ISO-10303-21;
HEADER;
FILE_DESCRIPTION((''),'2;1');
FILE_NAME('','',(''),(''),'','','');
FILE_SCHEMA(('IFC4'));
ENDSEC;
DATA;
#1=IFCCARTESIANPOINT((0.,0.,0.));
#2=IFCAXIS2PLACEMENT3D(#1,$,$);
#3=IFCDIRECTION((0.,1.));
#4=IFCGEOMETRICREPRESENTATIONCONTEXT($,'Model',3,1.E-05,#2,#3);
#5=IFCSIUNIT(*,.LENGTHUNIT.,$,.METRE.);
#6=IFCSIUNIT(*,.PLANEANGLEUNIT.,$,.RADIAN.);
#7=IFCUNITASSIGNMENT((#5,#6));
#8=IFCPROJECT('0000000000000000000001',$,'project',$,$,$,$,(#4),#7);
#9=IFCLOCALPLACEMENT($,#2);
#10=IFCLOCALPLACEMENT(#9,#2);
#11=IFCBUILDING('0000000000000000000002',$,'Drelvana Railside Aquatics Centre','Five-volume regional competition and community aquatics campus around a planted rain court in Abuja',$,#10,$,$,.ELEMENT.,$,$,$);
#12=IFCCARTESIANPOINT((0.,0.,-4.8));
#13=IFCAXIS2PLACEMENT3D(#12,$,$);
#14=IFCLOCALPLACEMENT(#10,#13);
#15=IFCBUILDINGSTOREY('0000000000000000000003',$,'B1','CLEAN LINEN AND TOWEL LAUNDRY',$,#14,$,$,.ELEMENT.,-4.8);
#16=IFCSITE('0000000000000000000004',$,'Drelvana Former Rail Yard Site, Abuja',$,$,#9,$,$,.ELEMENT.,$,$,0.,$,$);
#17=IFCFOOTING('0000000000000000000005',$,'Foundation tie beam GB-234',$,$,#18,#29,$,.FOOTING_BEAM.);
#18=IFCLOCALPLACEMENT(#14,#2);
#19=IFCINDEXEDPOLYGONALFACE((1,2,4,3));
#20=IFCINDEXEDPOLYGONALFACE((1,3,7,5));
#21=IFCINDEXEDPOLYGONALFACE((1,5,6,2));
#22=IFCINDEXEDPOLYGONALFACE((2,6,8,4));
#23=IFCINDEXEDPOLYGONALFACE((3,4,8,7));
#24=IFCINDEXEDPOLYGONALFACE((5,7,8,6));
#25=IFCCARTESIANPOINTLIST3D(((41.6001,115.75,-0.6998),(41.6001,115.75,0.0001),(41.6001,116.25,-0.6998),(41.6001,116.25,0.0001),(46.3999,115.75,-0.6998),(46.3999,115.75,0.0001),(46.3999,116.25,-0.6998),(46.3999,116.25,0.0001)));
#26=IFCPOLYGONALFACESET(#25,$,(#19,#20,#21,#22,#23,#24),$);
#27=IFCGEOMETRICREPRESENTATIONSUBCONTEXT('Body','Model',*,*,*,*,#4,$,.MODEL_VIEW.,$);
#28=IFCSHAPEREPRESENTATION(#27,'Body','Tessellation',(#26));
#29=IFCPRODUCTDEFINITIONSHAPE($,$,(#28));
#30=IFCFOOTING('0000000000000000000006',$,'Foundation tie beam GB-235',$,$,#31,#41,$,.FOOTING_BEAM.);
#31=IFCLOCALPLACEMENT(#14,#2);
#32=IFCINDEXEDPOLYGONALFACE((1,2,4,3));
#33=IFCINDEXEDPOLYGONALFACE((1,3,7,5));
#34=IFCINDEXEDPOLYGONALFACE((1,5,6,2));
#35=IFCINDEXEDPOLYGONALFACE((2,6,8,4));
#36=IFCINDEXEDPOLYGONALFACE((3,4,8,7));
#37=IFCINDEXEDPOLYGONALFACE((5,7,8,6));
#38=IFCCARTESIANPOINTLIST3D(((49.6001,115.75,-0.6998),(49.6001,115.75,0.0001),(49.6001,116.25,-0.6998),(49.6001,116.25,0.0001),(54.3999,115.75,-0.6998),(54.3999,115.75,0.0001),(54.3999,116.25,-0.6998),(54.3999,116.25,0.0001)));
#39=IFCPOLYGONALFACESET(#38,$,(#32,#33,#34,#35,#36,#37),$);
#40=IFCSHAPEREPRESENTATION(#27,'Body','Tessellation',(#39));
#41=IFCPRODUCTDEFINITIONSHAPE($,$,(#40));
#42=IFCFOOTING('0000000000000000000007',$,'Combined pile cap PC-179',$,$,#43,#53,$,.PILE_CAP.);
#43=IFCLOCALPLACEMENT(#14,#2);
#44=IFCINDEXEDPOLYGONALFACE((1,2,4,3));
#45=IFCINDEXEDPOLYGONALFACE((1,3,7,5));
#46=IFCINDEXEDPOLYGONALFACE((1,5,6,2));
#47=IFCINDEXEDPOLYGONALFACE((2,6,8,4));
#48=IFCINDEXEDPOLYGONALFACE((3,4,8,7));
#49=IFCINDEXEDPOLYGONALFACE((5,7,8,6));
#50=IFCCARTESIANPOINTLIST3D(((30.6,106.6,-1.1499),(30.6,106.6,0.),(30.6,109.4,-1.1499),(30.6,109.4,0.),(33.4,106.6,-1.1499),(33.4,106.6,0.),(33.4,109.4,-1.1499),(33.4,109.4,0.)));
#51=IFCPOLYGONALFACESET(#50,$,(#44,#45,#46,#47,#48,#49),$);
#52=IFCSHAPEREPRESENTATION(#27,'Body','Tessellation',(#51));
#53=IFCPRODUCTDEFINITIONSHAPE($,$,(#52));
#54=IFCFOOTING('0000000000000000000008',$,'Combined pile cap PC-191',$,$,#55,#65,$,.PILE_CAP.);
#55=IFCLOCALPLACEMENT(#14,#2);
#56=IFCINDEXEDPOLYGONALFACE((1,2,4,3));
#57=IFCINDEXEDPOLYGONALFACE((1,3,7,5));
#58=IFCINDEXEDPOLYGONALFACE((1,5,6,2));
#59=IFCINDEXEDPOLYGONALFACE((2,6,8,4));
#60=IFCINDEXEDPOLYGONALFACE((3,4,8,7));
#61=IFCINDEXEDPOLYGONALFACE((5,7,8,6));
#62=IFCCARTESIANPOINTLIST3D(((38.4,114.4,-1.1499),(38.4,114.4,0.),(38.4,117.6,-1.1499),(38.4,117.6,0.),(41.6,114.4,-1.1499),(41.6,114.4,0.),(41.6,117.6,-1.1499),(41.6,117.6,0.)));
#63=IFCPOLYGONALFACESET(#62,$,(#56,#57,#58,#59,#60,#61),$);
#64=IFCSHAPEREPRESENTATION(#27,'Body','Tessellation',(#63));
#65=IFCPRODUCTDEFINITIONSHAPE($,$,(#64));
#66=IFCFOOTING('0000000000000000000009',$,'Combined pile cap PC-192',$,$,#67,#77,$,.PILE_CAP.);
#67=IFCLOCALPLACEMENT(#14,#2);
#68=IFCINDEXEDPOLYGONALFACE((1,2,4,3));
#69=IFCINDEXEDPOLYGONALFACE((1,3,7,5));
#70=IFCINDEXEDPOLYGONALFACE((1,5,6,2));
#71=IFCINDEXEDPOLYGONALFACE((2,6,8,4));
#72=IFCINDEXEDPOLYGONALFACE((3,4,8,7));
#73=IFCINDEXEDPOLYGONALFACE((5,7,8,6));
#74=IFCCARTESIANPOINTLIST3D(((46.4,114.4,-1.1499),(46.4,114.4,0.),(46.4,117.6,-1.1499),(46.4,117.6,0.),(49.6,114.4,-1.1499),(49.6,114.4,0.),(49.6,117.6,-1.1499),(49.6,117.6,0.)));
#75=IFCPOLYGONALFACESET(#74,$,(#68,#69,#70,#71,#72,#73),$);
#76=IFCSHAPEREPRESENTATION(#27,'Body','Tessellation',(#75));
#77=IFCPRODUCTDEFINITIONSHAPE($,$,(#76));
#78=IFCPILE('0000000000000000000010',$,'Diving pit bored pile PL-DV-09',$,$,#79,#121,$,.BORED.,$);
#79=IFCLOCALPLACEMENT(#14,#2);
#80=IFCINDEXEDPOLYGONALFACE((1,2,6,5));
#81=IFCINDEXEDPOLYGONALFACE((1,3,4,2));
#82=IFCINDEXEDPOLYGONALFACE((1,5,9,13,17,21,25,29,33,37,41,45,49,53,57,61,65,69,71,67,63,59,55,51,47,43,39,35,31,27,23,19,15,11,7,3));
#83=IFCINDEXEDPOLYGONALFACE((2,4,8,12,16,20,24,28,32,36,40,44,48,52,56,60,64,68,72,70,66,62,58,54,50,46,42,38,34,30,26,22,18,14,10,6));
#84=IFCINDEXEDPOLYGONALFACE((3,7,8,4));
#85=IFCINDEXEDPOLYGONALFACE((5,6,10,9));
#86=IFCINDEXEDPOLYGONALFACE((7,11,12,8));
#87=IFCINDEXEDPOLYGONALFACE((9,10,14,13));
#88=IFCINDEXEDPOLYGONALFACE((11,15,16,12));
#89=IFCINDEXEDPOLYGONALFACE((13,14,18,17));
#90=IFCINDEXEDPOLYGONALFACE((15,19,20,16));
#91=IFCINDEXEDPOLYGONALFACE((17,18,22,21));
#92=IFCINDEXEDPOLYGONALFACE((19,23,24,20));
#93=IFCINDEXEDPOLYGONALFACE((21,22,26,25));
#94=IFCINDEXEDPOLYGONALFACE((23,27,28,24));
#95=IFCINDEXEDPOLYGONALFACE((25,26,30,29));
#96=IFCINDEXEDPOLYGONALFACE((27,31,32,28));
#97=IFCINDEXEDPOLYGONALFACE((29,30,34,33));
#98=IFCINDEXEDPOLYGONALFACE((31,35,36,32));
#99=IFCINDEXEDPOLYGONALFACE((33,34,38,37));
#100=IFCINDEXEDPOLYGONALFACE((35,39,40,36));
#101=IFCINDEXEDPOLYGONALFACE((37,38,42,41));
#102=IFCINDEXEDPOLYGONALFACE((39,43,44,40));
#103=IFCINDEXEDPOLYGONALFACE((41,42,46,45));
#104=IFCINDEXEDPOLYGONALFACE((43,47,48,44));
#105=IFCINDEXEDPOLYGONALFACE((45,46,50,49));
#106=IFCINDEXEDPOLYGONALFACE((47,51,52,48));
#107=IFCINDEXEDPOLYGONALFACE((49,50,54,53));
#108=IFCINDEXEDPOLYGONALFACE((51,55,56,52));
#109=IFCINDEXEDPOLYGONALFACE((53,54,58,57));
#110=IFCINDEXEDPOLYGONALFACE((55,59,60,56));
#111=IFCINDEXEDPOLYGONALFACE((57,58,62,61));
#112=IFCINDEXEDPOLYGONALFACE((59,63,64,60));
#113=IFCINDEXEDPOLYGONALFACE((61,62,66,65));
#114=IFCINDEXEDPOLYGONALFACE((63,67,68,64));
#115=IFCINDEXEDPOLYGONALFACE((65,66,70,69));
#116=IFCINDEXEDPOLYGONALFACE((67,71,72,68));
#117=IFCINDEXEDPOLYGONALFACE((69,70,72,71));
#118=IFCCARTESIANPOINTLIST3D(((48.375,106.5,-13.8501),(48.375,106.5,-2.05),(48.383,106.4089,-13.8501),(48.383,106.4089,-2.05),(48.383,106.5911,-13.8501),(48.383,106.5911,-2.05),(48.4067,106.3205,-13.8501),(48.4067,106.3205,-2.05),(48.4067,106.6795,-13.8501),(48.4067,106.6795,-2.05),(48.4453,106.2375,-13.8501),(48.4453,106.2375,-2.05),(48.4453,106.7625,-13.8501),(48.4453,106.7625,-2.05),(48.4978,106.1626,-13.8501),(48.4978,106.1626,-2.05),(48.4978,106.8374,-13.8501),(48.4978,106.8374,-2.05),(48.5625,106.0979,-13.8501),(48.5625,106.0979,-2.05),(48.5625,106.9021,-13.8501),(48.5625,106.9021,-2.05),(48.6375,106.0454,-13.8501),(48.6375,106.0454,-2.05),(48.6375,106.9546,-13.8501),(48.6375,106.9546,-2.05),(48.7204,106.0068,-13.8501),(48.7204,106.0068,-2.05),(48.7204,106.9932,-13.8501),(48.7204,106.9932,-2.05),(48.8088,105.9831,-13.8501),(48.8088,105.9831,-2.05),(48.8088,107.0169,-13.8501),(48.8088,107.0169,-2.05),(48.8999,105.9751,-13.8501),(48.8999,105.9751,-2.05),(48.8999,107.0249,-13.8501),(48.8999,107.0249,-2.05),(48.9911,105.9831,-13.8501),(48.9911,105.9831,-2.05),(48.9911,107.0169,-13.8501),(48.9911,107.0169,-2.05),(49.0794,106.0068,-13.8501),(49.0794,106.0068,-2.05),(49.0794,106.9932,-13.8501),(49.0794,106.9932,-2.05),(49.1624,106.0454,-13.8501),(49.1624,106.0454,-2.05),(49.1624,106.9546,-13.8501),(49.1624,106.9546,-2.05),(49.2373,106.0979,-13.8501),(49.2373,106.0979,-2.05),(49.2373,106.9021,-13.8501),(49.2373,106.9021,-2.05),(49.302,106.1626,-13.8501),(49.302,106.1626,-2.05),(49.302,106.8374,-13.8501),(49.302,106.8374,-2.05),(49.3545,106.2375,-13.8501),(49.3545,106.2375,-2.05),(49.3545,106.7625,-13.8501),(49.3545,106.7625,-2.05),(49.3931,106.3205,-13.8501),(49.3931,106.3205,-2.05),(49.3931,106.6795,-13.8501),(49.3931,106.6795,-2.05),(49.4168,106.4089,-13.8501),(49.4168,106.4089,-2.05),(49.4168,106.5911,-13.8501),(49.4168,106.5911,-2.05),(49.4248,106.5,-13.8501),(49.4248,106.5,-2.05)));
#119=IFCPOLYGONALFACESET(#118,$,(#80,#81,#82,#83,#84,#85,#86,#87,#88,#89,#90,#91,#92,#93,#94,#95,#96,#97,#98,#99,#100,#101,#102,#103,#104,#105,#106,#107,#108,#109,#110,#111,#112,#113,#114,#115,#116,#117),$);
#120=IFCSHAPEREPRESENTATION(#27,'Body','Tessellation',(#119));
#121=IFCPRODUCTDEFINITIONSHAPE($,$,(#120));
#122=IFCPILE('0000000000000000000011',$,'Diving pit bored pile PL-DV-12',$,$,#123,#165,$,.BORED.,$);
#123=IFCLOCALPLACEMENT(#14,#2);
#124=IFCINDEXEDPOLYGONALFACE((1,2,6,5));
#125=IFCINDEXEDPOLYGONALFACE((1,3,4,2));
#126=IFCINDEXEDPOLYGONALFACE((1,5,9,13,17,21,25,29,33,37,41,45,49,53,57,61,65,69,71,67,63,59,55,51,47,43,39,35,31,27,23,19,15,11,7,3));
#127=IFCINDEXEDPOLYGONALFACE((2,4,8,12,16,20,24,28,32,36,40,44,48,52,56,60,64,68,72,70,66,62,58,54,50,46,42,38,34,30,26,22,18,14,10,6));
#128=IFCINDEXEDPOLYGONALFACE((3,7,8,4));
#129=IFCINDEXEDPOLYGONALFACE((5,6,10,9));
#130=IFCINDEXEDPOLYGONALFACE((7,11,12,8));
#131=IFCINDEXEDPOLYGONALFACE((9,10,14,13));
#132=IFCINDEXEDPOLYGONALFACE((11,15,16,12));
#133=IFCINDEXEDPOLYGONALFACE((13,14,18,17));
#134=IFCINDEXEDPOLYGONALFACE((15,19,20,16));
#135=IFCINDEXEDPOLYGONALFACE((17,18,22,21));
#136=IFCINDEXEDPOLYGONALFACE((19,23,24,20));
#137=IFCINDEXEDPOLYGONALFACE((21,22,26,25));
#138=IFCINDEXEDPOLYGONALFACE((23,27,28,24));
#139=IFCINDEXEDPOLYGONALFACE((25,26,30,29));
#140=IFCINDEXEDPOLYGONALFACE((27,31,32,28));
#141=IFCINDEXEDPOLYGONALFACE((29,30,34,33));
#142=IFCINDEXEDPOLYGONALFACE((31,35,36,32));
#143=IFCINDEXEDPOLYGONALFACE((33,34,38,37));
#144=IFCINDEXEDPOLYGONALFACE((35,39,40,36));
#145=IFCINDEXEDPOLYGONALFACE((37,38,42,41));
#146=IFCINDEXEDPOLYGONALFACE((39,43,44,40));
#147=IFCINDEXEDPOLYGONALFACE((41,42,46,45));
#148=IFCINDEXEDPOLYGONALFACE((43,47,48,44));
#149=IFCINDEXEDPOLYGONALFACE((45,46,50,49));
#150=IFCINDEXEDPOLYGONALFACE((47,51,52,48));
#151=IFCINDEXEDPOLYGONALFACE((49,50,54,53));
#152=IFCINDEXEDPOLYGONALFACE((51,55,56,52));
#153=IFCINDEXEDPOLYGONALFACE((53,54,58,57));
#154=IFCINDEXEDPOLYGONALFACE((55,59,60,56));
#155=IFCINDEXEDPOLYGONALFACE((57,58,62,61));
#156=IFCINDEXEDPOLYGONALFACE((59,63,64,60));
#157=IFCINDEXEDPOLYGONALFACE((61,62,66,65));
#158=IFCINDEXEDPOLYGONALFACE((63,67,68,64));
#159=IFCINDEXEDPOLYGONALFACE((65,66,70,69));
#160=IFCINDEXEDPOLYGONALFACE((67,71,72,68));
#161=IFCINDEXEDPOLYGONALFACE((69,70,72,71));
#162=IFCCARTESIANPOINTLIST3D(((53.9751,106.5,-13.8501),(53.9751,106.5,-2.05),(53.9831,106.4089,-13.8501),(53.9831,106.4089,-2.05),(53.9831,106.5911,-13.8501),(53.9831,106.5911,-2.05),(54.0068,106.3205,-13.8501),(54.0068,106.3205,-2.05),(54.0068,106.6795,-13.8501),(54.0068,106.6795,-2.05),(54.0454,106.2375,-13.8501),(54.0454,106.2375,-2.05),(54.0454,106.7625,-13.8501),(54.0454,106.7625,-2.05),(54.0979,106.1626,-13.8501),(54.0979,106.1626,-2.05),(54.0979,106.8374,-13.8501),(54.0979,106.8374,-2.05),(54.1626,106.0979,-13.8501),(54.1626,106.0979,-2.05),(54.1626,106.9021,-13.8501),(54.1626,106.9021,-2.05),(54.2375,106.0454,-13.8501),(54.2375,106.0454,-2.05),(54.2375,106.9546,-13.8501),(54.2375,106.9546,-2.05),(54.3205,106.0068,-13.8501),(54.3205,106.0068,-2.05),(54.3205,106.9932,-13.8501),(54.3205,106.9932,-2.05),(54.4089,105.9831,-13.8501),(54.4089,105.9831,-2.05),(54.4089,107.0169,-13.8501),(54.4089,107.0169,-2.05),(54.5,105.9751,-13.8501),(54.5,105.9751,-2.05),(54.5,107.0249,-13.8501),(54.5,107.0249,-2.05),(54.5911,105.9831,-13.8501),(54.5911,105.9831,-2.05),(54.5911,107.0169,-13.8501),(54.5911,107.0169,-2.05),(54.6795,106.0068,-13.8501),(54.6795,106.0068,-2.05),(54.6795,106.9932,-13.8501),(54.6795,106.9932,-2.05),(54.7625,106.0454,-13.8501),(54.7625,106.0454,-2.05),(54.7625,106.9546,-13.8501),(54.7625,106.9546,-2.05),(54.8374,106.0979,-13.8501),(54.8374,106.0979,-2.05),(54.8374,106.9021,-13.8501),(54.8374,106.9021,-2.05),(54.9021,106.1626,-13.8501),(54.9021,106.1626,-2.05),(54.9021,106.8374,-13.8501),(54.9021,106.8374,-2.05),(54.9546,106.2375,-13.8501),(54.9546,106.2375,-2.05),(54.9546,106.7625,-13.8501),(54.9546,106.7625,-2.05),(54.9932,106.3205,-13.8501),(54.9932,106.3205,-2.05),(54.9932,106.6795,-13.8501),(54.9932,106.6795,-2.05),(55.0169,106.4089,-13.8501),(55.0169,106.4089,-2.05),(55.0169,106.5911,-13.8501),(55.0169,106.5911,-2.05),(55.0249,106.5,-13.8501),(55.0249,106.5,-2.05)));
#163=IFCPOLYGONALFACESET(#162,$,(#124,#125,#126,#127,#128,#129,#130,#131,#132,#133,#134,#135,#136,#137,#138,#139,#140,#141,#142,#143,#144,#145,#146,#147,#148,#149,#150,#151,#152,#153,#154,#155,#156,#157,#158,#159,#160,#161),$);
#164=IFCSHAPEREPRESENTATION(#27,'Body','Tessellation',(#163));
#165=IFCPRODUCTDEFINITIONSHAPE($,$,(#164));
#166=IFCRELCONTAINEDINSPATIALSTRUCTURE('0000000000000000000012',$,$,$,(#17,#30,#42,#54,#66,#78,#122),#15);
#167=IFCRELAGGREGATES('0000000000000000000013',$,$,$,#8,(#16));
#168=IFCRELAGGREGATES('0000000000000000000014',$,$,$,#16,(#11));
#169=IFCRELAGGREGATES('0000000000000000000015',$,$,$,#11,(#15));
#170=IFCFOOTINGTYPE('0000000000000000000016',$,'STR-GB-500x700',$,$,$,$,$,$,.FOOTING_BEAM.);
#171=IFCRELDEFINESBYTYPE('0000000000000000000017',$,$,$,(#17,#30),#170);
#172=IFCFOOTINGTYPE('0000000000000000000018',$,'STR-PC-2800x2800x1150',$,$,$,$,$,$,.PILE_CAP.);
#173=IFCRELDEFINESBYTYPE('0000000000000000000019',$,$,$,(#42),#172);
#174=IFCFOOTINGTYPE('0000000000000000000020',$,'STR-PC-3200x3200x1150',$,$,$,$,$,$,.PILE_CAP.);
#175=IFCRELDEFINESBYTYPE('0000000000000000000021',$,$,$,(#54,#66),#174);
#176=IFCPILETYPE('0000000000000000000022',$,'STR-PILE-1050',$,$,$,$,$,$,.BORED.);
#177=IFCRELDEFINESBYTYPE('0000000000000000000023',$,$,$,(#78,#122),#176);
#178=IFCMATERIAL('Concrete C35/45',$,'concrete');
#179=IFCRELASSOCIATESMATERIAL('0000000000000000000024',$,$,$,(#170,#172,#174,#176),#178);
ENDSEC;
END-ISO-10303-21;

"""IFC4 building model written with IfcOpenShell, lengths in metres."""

from ifc_helpers import new_model, si_unit, direction, frame, origin, origin_2d, place, context, subcontext, project, spatial, rectangle, circle, extrude, material, material_profile, profile_set, type_object, element, save


model = new_model("IFC4")

# Units and contexts
model_context = context("Model", 3, precision=1e-05, world=origin(), true_north=direction((0.0, 1.0)))
body_context = subcontext(model_context, "Body", "Model", "MODEL_VIEW")
ifc_project = project(units=[si_unit("LENGTHUNIT", "METRE"), si_unit("PLANEANGLEUNIT", "RADIAN")], contexts=[model_context])

# Site, building, storey
site_placement = place(None, origin())
site = spatial("IfcSite", under=ifc_project, at=site_placement, Name="Drelvana Former Rail Yard Site, Abuja", CompositionType="ELEMENT", RefElevation=0.0)
building_placement = place(site_placement, origin())
building = spatial("IfcBuilding", under=site, at=building_placement, Name="Drelvana Railside Aquatics Centre", Description="Five-volume regional competition and community aquatics campus around a planted rain court in Abuja", CompositionType="ELEMENT")
storey_placement = place(building_placement, frame((0.0, 0.0, -4.8)))
storey = spatial("IfcBuildingStorey", under=building, at=storey_placement, Name="B1", Description="CLEAN LINEN AND TOWEL LAUNDRY", CompositionType="ELEMENT", Elevation=-4.8)

# Footings
ifc_material_1 = material(Name="Concrete C35/45", Category="concrete")
ifc_material_profile_1 = material_profile(ifc_material_1, rectangle(XDim=0.5, YDim=0.7, at=origin_2d()), Name="GB 500x700")
ifc_profile_set_1 = profile_set([ifc_material_profile_1], Name="Concrete C35/45")
footing_type_1 = type_object("IfcFootingType", Name="STR-GB-500x700", PredefinedType="FOOTING_BEAM", material=ifc_profile_set_1)
for number, where, z_axis, x_axis, name in (
    (1, (41.6001, 116.0, -0.3499), (1.0, 0.0, 0.0), (0.0, 1.0, 0.0), "Foundation tie beam GB-234"),
    (2, (49.6001, 116.0, -0.3499), (1.0, 0.0, 0.0), (0.0, 1.0, 0.0), "Foundation tie beam GB-235"),
):
    element("IfcFooting", number, at=place(storey_placement, frame(where, z_axis=z_axis, x_axis=x_axis)), inside=storey, type_object=footing_type_1, Name=name, PredefinedType="FOOTING_BEAM", context=body_context, shape_type="SweptSolid", body=[
        extrude(rectangle(XDim=0.5, YDim=0.7, at=origin_2d()), origin(), (0.0, 0.0, 1.0), 4.7998),
    ])
footing_type_2 = type_object("IfcFootingType", Name="STR-PC-2800x2800x1150", PredefinedType="PILE_CAP", material=ifc_material_1)
footing_placement = place(storey_placement, frame((32.0, 108.0, -1.1499), z_axis=(0.0, 0.0, 1.0), x_axis=(1.0, 0.0, 0.0)))
element("IfcFooting", 3, at=footing_placement, inside=storey, type_object=footing_type_2, Name="Combined pile cap PC-179", PredefinedType="PILE_CAP", context=body_context, shape_type="SweptSolid", body=[
    extrude(rectangle(XDim=2.8, YDim=2.8, at=origin_2d()), origin(), (0.0, 0.0, 1.0), 1.1499),
])
footing_type_3 = type_object("IfcFootingType", Name="STR-PC-3200x3200x1150", PredefinedType="PILE_CAP", material=ifc_material_1)
for number, where, z_axis, x_axis, name in (
    (4, (40.0, 116.0, -1.1499), (0.0, 0.0, 1.0), (1.0, 0.0, 0.0), "Combined pile cap PC-191"),
    (5, (48.0, 116.0, -1.1499), (0.0, 0.0, 1.0), (1.0, 0.0, 0.0), "Combined pile cap PC-192"),
):
    element("IfcFooting", number, at=place(storey_placement, frame(where, z_axis=z_axis, x_axis=x_axis)), inside=storey, type_object=footing_type_3, Name=name, PredefinedType="PILE_CAP", context=body_context, shape_type="SweptSolid", body=[
        extrude(rectangle(XDim=3.2, YDim=3.2, at=origin_2d()), origin(), (0.0, 0.0, 1.0), 1.1499),
    ])

# Piles
ifc_material_profile_2 = material_profile(ifc_material_1, circle(Radius=0.5249, at=origin_2d()), Name="PILE D1050")
ifc_profile_set_2 = profile_set([ifc_material_profile_2], Name="Concrete C35/45")
pile_type_1 = type_object("IfcPileType", Name="STR-PILE-1050", PredefinedType="BORED", material=ifc_profile_set_2)
for number, where, z_axis, x_axis, name in (
    (6, (48.8999, 106.5, -2.05), (0.0, 0.0, -1.0), (1.0, 0.0, 0.0), "Diving pit bored pile PL-DV-09"),
    (7, (54.5, 106.5, -2.05), (0.0, 0.0, -1.0), (1.0, 0.0, 0.0), "Diving pit bored pile PL-DV-12"),
):
    element("IfcPile", number, at=place(storey_placement, frame(where, z_axis=z_axis, x_axis=x_axis)), inside=storey, type_object=pile_type_1, Name=name, PredefinedType="BORED", context=body_context, shape_type="SweptSolid", body=[
        extrude(circle(Radius=0.5249, at=origin_2d()), origin(), (0.0, 0.0, 1.0), 11.8),
    ])

save(model, "model.ifc")
